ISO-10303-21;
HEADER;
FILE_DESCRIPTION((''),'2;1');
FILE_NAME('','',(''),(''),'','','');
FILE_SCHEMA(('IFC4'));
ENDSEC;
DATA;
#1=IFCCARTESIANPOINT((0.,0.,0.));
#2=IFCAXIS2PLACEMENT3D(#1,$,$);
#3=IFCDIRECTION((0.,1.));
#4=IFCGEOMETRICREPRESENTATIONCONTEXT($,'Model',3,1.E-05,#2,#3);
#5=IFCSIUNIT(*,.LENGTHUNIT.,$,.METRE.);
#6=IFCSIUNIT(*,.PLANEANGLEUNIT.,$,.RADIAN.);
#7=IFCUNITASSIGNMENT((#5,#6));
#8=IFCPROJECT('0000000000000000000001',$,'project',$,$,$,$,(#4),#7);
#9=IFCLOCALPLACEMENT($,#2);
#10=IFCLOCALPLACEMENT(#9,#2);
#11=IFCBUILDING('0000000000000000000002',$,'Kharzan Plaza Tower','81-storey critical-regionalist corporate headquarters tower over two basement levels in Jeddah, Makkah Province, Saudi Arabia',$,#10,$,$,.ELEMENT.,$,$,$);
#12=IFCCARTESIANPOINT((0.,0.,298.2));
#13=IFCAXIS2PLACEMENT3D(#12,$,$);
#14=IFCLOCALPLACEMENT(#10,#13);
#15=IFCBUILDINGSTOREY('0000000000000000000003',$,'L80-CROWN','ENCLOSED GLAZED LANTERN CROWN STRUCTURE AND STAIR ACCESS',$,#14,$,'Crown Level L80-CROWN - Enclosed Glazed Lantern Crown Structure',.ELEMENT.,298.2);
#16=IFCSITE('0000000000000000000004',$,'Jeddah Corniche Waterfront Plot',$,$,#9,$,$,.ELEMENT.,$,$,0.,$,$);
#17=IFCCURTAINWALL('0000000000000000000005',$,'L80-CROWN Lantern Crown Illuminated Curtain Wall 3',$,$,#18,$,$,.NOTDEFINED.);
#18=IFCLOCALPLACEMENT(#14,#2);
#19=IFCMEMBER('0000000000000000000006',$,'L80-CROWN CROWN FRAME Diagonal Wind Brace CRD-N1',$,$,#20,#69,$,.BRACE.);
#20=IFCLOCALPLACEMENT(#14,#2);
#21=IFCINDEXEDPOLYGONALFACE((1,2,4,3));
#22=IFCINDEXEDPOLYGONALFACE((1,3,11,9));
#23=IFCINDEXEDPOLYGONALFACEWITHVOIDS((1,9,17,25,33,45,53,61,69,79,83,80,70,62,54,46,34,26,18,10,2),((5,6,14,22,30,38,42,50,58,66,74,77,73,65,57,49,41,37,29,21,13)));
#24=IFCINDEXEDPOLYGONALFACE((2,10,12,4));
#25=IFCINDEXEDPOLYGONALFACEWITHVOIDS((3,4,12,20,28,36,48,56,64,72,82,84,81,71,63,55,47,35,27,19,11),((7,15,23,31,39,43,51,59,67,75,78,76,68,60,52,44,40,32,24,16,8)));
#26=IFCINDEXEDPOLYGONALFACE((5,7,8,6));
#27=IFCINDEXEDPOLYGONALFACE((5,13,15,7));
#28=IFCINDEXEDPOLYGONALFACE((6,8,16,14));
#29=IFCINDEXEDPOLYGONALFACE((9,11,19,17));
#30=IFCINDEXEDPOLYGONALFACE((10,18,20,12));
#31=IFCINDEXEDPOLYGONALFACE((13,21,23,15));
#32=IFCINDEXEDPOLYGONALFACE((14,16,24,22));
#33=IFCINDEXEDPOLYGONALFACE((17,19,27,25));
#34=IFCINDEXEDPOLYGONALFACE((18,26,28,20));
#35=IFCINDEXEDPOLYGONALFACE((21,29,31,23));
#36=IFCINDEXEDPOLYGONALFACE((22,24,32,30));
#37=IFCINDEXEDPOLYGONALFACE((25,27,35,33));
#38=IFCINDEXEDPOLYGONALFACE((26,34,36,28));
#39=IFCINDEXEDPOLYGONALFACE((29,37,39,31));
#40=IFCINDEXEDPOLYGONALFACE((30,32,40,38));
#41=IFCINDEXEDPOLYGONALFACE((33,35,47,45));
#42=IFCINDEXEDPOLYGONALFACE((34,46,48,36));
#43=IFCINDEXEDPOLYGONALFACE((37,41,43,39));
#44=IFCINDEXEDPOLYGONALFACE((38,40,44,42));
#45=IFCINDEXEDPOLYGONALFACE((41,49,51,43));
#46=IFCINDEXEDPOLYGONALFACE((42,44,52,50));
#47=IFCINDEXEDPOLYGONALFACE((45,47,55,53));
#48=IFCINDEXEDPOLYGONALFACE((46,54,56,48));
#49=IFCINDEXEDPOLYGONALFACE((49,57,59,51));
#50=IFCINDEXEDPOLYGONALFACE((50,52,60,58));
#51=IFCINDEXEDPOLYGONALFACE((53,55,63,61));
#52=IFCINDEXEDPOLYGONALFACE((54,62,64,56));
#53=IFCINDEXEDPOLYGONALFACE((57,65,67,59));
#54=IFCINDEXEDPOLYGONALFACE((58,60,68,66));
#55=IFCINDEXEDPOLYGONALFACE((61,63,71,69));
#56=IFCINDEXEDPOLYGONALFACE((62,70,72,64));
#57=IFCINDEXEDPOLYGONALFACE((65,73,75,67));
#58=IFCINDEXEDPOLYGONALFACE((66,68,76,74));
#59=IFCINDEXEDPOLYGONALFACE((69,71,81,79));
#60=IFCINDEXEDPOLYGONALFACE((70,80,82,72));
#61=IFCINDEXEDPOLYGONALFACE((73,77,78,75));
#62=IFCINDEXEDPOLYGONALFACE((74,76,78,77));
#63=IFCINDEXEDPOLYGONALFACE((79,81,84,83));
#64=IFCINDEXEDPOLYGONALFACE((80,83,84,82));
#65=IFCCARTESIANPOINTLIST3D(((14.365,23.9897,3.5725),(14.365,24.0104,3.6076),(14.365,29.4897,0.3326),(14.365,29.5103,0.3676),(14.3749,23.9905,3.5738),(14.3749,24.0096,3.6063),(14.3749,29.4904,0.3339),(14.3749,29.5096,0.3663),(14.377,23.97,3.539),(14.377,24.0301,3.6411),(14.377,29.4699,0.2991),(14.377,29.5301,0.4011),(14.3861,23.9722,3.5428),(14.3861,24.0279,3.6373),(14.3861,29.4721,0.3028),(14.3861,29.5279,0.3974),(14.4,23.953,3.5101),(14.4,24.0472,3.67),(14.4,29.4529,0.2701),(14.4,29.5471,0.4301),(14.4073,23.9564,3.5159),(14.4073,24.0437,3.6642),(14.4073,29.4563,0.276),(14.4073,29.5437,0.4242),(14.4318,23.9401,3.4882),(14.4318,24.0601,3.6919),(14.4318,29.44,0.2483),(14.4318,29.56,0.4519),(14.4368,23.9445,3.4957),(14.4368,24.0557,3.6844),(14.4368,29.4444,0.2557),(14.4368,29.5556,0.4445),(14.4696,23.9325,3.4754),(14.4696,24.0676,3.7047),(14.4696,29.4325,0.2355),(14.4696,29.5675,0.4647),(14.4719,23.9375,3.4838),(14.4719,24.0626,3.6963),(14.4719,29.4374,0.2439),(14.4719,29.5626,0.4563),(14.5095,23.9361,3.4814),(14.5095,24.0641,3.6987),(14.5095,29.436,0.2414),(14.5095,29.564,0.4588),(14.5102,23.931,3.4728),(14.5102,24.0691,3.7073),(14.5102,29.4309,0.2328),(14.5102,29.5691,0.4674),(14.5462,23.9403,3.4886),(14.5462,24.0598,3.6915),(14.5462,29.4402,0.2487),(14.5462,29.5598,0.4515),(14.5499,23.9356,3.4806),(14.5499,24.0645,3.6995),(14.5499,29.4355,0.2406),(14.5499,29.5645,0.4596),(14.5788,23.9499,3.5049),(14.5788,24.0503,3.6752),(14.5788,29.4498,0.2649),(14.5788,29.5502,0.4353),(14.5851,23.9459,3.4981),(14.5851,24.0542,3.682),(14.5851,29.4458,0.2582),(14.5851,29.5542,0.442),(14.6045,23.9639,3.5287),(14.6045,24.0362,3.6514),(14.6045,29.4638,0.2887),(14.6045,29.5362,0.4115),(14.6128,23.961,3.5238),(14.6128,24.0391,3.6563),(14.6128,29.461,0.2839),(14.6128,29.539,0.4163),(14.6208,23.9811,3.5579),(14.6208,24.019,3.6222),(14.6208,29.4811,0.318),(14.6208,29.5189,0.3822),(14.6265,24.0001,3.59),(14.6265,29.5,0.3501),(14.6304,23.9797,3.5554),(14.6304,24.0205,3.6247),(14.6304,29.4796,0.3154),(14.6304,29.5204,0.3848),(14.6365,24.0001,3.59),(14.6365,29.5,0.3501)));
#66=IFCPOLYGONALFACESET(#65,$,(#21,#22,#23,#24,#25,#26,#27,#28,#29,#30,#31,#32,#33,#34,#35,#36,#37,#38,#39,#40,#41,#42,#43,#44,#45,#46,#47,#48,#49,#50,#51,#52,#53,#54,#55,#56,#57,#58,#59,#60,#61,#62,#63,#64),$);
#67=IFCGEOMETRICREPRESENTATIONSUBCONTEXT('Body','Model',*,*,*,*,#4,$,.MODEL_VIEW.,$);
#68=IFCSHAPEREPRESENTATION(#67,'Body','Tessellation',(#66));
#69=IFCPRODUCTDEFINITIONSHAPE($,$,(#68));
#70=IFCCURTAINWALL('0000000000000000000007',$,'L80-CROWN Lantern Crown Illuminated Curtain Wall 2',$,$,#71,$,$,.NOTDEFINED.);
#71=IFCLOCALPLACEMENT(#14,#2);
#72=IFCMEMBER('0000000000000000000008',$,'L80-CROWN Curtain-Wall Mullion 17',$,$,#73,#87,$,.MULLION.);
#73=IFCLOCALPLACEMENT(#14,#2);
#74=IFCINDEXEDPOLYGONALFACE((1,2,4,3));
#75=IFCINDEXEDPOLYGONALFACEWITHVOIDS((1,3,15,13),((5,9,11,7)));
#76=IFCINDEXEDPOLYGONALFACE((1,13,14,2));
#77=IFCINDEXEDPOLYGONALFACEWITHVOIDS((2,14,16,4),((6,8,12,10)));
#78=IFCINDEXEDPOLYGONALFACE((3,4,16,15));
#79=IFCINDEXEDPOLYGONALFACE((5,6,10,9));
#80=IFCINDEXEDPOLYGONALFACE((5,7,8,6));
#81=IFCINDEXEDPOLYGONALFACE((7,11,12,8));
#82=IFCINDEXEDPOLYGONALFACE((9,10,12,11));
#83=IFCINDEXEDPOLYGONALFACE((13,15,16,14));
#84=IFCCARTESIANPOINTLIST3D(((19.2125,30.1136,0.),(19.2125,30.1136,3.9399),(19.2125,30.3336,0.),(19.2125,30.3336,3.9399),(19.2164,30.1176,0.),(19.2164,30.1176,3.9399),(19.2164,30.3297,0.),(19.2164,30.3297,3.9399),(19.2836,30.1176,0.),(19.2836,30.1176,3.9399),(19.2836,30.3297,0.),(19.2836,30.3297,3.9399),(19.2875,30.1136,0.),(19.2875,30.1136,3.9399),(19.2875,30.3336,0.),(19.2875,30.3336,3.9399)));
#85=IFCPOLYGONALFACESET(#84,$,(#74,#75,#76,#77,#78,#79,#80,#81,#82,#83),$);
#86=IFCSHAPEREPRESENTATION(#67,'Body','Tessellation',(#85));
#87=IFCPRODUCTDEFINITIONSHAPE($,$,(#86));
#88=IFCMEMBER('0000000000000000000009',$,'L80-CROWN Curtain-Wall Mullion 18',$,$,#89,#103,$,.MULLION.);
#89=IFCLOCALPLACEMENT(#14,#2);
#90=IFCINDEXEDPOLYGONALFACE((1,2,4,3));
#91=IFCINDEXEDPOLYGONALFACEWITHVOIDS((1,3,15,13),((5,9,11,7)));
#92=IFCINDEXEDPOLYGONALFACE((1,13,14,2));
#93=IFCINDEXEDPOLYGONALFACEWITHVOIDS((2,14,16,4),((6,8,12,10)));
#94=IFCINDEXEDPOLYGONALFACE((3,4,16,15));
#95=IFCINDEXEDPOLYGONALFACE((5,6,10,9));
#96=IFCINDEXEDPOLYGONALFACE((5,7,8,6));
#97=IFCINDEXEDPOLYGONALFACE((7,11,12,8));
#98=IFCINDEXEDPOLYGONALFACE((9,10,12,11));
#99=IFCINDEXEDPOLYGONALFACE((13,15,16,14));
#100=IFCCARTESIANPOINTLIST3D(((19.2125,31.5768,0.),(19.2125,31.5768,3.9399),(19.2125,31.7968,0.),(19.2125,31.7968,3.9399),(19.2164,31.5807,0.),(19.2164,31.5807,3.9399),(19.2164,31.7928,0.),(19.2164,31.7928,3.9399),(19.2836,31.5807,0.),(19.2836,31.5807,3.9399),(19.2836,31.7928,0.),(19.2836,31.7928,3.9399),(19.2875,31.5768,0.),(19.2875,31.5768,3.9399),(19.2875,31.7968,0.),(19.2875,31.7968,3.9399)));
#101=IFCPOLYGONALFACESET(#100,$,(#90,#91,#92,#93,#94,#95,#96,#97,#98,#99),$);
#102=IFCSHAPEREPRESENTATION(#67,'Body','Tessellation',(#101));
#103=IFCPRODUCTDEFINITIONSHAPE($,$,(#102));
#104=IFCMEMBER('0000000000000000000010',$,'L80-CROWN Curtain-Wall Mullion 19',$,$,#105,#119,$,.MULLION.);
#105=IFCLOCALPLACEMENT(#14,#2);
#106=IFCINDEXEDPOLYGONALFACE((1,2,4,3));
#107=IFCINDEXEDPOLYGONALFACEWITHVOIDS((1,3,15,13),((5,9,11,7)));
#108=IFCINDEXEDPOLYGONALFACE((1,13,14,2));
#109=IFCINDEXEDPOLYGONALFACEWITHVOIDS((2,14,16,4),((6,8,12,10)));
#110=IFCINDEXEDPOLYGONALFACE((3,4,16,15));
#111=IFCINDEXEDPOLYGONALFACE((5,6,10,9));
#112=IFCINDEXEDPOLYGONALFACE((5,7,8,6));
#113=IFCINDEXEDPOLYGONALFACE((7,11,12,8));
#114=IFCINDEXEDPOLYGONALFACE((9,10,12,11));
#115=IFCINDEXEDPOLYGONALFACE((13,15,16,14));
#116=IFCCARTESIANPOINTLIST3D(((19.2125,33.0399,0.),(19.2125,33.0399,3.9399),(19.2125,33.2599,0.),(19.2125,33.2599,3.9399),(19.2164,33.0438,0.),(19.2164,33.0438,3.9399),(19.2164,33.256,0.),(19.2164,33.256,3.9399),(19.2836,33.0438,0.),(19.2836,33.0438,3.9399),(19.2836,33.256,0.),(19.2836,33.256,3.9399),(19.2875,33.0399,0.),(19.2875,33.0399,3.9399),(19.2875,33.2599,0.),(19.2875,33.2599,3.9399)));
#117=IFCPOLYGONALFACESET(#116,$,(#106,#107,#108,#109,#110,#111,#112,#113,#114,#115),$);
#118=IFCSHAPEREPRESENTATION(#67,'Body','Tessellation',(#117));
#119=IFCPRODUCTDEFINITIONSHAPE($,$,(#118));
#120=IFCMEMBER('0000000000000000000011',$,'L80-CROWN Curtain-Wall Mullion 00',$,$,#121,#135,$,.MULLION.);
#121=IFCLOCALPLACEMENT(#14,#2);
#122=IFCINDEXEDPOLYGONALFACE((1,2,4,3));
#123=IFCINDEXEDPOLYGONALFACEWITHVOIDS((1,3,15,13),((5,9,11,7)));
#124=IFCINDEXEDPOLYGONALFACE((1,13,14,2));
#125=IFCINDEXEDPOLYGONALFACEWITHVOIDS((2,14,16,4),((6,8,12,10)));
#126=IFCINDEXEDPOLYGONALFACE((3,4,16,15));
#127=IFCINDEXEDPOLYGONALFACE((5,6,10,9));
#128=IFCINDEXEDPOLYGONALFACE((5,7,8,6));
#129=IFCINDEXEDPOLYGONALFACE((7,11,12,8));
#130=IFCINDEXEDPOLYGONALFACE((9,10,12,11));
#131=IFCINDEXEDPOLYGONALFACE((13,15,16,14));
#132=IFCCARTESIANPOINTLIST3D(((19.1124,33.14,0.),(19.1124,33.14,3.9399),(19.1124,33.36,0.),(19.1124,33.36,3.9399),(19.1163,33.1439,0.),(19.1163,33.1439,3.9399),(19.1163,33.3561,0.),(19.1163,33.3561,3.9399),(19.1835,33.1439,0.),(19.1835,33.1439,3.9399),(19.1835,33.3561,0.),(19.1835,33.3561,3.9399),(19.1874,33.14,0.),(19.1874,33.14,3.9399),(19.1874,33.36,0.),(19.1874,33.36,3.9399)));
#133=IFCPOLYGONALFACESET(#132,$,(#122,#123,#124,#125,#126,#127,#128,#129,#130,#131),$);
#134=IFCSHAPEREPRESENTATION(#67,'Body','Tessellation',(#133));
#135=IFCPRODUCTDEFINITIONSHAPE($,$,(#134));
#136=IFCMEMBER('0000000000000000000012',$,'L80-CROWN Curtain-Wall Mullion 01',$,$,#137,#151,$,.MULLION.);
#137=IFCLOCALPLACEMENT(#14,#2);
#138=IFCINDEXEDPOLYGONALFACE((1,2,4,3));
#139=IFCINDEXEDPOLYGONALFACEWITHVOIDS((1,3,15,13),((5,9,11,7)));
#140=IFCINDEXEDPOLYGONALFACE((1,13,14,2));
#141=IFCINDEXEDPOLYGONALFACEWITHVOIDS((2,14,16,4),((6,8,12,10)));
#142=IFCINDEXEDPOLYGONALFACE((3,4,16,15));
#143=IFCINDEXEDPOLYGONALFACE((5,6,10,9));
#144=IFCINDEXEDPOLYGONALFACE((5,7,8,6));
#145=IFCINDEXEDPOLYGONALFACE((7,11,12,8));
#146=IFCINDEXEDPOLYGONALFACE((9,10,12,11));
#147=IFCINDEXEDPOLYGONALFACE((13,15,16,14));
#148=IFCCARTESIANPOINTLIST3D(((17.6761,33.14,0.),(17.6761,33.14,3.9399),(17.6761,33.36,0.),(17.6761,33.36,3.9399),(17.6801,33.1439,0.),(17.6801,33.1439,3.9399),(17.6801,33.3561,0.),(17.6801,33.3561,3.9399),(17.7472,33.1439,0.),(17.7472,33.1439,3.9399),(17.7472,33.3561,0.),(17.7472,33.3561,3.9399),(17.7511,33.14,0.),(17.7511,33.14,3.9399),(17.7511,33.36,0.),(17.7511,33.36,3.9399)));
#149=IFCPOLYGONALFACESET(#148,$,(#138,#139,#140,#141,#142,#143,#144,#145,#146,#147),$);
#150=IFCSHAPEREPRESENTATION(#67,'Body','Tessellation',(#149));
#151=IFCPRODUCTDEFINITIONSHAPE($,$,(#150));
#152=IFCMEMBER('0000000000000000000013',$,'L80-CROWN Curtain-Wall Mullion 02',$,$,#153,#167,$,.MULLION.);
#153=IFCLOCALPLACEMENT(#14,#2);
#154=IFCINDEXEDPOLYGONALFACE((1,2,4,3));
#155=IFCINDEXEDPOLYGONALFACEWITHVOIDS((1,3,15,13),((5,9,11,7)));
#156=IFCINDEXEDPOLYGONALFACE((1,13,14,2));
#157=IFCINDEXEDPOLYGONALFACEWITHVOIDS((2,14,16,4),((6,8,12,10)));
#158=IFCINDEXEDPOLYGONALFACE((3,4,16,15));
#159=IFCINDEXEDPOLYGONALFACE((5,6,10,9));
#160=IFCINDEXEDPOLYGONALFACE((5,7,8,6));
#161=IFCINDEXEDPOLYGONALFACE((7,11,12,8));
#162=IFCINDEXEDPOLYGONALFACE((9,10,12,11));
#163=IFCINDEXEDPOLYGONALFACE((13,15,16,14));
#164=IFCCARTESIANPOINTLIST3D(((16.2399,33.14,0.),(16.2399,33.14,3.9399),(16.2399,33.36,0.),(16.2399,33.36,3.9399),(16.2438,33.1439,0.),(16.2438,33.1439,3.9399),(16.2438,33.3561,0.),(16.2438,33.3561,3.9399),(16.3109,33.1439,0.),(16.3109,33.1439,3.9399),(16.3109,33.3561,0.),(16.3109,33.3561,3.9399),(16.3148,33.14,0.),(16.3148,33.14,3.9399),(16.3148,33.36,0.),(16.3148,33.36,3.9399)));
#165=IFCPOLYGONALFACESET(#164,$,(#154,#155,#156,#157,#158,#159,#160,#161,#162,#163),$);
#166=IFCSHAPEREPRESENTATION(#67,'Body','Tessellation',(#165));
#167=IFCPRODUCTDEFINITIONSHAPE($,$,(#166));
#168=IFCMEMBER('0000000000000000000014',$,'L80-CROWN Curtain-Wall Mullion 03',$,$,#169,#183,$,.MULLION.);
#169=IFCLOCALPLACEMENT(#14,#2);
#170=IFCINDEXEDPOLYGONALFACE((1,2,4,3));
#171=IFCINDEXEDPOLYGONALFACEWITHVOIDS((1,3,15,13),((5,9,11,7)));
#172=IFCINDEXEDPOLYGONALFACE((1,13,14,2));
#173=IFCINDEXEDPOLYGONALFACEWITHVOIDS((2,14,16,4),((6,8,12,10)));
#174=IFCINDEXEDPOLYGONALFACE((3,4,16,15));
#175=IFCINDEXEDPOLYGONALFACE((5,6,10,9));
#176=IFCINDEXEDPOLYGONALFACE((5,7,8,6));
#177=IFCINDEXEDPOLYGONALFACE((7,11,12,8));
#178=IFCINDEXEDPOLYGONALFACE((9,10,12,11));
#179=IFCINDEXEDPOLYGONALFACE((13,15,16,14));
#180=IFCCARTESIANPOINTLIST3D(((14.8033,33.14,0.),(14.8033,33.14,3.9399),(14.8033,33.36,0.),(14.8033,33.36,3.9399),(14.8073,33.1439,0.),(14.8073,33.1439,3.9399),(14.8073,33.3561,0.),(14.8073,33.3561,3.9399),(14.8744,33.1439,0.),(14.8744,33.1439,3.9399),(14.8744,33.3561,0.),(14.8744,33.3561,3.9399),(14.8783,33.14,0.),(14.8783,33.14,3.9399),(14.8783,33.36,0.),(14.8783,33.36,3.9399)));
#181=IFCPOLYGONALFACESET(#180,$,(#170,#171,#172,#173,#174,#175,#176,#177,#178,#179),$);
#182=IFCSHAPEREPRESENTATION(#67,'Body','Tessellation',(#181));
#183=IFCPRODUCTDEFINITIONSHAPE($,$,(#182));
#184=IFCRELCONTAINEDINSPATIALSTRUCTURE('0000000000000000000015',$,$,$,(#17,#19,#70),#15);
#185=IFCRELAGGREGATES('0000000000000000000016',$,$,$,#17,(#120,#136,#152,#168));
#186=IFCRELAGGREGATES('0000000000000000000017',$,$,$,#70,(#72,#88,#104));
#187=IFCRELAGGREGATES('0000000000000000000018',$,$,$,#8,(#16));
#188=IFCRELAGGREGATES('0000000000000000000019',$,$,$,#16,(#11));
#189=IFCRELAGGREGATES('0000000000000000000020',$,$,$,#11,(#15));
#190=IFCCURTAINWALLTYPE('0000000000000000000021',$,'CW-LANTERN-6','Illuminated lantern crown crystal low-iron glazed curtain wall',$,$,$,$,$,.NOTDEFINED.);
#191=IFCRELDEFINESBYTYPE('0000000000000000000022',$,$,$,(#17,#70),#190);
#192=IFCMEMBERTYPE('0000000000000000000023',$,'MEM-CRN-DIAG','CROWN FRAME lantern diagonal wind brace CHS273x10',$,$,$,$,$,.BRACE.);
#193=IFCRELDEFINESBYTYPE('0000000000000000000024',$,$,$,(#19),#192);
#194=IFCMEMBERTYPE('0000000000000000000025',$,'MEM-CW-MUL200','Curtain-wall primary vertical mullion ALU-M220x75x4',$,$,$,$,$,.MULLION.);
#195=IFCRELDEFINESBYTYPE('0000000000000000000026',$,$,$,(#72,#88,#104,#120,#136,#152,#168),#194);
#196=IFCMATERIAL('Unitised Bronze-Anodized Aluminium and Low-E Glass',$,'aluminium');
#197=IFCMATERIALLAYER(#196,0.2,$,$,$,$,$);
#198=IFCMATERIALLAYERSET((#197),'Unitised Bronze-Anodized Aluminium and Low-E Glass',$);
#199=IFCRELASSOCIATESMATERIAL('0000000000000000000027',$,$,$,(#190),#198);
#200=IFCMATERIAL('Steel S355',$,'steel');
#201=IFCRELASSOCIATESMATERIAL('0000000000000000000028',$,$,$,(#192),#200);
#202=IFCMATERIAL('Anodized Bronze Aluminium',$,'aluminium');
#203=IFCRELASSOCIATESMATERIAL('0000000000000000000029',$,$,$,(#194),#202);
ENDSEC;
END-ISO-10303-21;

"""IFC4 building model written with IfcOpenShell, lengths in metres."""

from ifc_helpers import new_model, si_unit, direction, frame, origin, origin_2d, place, context, subcontext, project, spatial, hollow_rectangle, hollow_circle, extrude, source, transform, mapped, material, layer, layer_set, material_profile, profile_set, type_object, element, aggregate, save


model = new_model("IFC4")

# Units and contexts
model_context = context("Model", 3, precision=1e-05, world=origin(), true_north=direction((0.0, 1.0)))
body_context = subcontext(model_context, "Body", "Model", "MODEL_VIEW")
ifc_project = project(units=[si_unit("LENGTHUNIT", "METRE"), si_unit("PLANEANGLEUNIT", "RADIAN")], contexts=[model_context])

# Site, building, storey
site_placement = place(None, origin())
site = spatial("IfcSite", under=ifc_project, at=site_placement, Name="Jeddah Corniche Waterfront Plot", CompositionType="ELEMENT", RefElevation=0.0)
building_placement = place(site_placement, origin())
building = spatial("IfcBuilding", under=site, at=building_placement, Name="Kharzan Plaza Tower", Description="81-storey critical-regionalist corporate headquarters tower over two basement levels in Jeddah, Makkah Province, Saudi Arabia", CompositionType="ELEMENT")
storey_placement = place(building_placement, frame((0.0, 0.0, 298.2)))
storey = spatial("IfcBuildingStorey", under=building, at=storey_placement, Name="L80-CROWN", Description="ENCLOSED GLAZED LANTERN CROWN STRUCTURE AND STAIR ACCESS", LongName="Crown Level L80-CROWN - Enclosed Glazed Lantern Crown Structure", CompositionType="ELEMENT", Elevation=298.2)

# Shared definitions
ifc_material_1 = material(Name="Steel S355", Category="steel")

# Curtain wall
ifc_material_2 = material(Name="Unitised Bronze-Anodized Aluminium and Low-E Glass", Category="aluminium")
ifc_layer_1 = layer(ifc_material_2, 0.2)
ifc_layer_set_1 = layer_set([ifc_layer_1], Name="Unitised Bronze-Anodized Aluminium and Low-E Glass")
curtain_wall_type = type_object("IfcCurtainWallType", Name="CW-LANTERN-6", Description="Illuminated lantern crown crystal low-iron glazed curtain wall", PredefinedType="NOTDEFINED", material=ifc_layer_set_1)
curtain_wall_1_placement = place(storey_placement, origin())
curtain_wall_1 = element("IfcCurtainWall", 1, at=curtain_wall_1_placement, inside=storey, type_object=curtain_wall_type, Name="L80-CROWN Lantern Crown Illuminated Curtain Wall 3", PredefinedType="NOTDEFINED")
ifc_material_3 = material(Name="Anodized Bronze Aluminium", Category="aluminium")

# Member
ifc_material_profile_1 = material_profile(ifc_material_1, hollow_circle(Radius=0.1365, WallThickness=0.01, at=origin_2d()), Name="CHS273x10")
ifc_profile_set_1 = profile_set([ifc_material_profile_1], Name="Steel S355")
member_type_1 = type_object("IfcMemberType", Name="MEM-CRN-DIAG", Description="CROWN FRAME lantern diagonal wind brace CHS273x10", PredefinedType="BRACE", material=ifc_profile_set_1)
shared_shape_1 = source(origin(), body_context, "Body", "SweptSolid", [
    extrude(hollow_circle(Radius=0.1365, WallThickness=0.01, at=origin_2d()), origin(), (0.0, 0.0, 1.0), 6.3833),
])
member_1_placement = place(storey_placement, frame((14.5, 29.5, 0.3501), z_axis=(0.0, -0.861613, 0.507567), x_axis=(1.0, 0.0, 0.0)))
element("IfcMember", 2, at=member_1_placement, inside=storey, type_object=member_type_1, Name="L80-CROWN CROWN FRAME Diagonal Wind Brace CRD-N1", PredefinedType="BRACE", context=body_context, shape_type="MappedRepresentation", body=[
    mapped(shared_shape_1, transform((0.0, 0.0, 0.0), x_axis=(1.0, 0.0, 0.0), y_axis=(0.0, 1.0, 0.0), z_axis=(0.0, 0.0, 1.0))),
])

# Curtain wall, members
curtain_wall_2_placement = place(storey_placement, origin())
curtain_wall_2 = element("IfcCurtainWall", 3, at=curtain_wall_2_placement, inside=storey, type_object=curtain_wall_type, Name="L80-CROWN Lantern Crown Illuminated Curtain Wall 2", PredefinedType="NOTDEFINED")
ifc_material_profile_2 = material_profile(ifc_material_3, hollow_rectangle(XDim=0.075, YDim=0.22, WallThickness=0.0039, at=origin_2d()), Name="ALU-M220x75x4")
ifc_profile_set_2 = profile_set([ifc_material_profile_2], Name="Anodized Bronze Aluminium")
member_type_2 = type_object("IfcMemberType", Name="MEM-CW-MUL200", Description="Curtain-wall primary vertical mullion ALU-M220x75x4", PredefinedType="MULLION", material=ifc_profile_set_2)
shared_shape_2 = source(origin(), body_context, "Body", "SweptSolid", [
    extrude(hollow_rectangle(XDim=0.075, YDim=0.22, WallThickness=0.0039, at=origin_2d()), origin(), (0.0, 0.0, 1.0), 3.9399),
])
member_2_placement = place(storey_placement, frame((19.25, 30.2236, 0.0), z_axis=(0.0, 0.0, 1.0), x_axis=(1.0, 0.0, 0.0)))
member_2 = element("IfcMember", 4, at=member_2_placement, type_object=member_type_2, Name="L80-CROWN Curtain-Wall Mullion 17", PredefinedType="MULLION", context=body_context, shape_type="MappedRepresentation", body=[
    mapped(shared_shape_2, transform((0.0, 0.0, 0.0), x_axis=(1.0, 0.0, 0.0), y_axis=(0.0, 1.0, 0.0), z_axis=(0.0, 0.0, 1.0))),
])
member_3_placement = place(storey_placement, frame((19.25, 31.6868, 0.0), z_axis=(0.0, 0.0, 1.0), x_axis=(1.0, 0.0, 0.0)))
member_3 = element("IfcMember", 5, at=member_3_placement, type_object=member_type_2, Name="L80-CROWN Curtain-Wall Mullion 18", PredefinedType="MULLION", context=body_context, shape_type="MappedRepresentation", body=[
    mapped(shared_shape_2, transform((0.0, 0.0, 0.0), x_axis=(1.0, 0.0, 0.0), y_axis=(0.0, 1.0, 0.0), z_axis=(0.0, 0.0, 1.0))),
])
member_4_placement = place(storey_placement, frame((19.25, 33.1499, 0.0), z_axis=(0.0, 0.0, 1.0), x_axis=(1.0, 0.0, 0.0)))
member_4 = element("IfcMember", 6, at=member_4_placement, type_object=member_type_2, Name="L80-CROWN Curtain-Wall Mullion 19", PredefinedType="MULLION", context=body_context, shape_type="MappedRepresentation", body=[
    mapped(shared_shape_2, transform((0.0, 0.0, 0.0), x_axis=(1.0, 0.0, 0.0), y_axis=(0.0, 1.0, 0.0), z_axis=(0.0, 0.0, 1.0))),
])

# Members
member_5_placement = place(storey_placement, frame((19.1499, 33.25, 0.0), z_axis=(0.0, 0.0, 1.0), x_axis=(1.0, 0.0, 0.0)))
member_5 = element("IfcMember", 7, at=member_5_placement, type_object=member_type_2, Name="L80-CROWN Curtain-Wall Mullion 00", PredefinedType="MULLION", context=body_context, shape_type="MappedRepresentation", body=[
    mapped(shared_shape_2, transform((0.0, 0.0, 0.0), x_axis=(1.0, 0.0, 0.0), y_axis=(0.0, 1.0, 0.0), z_axis=(0.0, 0.0, 1.0))),
])
member_6_placement = place(storey_placement, frame((17.7136, 33.25, 0.0), z_axis=(0.0, 0.0, 1.0), x_axis=(1.0, 0.0, 0.0)))
member_6 = element("IfcMember", 8, at=member_6_placement, type_object=member_type_2, Name="L80-CROWN Curtain-Wall Mullion 01", PredefinedType="MULLION", context=body_context, shape_type="MappedRepresentation", body=[
    mapped(shared_shape_2, transform((0.0, 0.0, 0.0), x_axis=(1.0, 0.0, 0.0), y_axis=(0.0, 1.0, 0.0), z_axis=(0.0, 0.0, 1.0))),
])
member_7_placement = place(storey_placement, frame((16.2773, 33.25, 0.0), z_axis=(0.0, 0.0, 1.0), x_axis=(1.0, 0.0, 0.0)))
member_7 = element("IfcMember", 9, at=member_7_placement, type_object=member_type_2, Name="L80-CROWN Curtain-Wall Mullion 02", PredefinedType="MULLION", context=body_context, shape_type="MappedRepresentation", body=[
    mapped(shared_shape_2, transform((0.0, 0.0, 0.0), x_axis=(1.0, 0.0, 0.0), y_axis=(0.0, 1.0, 0.0), z_axis=(0.0, 0.0, 1.0))),
])
member_8_placement = place(storey_placement, frame((14.8408, 33.25, 0.0), z_axis=(0.0, 0.0, 1.0), x_axis=(1.0, 0.0, 0.0)))
member_8 = element("IfcMember", 10, at=member_8_placement, type_object=member_type_2, Name="L80-CROWN Curtain-Wall Mullion 03", PredefinedType="MULLION", context=body_context, shape_type="MappedRepresentation", body=[
    mapped(shared_shape_2, transform((0.0, 0.0, 0.0), x_axis=(1.0, 0.0, 0.0), y_axis=(0.0, 1.0, 0.0), z_axis=(0.0, 0.0, 1.0))),
])

aggregate(curtain_wall_1, [member_5, member_6, member_7, member_8])
aggregate(curtain_wall_2, [member_2, member_3, member_4])

save(model, "model.ifc")
